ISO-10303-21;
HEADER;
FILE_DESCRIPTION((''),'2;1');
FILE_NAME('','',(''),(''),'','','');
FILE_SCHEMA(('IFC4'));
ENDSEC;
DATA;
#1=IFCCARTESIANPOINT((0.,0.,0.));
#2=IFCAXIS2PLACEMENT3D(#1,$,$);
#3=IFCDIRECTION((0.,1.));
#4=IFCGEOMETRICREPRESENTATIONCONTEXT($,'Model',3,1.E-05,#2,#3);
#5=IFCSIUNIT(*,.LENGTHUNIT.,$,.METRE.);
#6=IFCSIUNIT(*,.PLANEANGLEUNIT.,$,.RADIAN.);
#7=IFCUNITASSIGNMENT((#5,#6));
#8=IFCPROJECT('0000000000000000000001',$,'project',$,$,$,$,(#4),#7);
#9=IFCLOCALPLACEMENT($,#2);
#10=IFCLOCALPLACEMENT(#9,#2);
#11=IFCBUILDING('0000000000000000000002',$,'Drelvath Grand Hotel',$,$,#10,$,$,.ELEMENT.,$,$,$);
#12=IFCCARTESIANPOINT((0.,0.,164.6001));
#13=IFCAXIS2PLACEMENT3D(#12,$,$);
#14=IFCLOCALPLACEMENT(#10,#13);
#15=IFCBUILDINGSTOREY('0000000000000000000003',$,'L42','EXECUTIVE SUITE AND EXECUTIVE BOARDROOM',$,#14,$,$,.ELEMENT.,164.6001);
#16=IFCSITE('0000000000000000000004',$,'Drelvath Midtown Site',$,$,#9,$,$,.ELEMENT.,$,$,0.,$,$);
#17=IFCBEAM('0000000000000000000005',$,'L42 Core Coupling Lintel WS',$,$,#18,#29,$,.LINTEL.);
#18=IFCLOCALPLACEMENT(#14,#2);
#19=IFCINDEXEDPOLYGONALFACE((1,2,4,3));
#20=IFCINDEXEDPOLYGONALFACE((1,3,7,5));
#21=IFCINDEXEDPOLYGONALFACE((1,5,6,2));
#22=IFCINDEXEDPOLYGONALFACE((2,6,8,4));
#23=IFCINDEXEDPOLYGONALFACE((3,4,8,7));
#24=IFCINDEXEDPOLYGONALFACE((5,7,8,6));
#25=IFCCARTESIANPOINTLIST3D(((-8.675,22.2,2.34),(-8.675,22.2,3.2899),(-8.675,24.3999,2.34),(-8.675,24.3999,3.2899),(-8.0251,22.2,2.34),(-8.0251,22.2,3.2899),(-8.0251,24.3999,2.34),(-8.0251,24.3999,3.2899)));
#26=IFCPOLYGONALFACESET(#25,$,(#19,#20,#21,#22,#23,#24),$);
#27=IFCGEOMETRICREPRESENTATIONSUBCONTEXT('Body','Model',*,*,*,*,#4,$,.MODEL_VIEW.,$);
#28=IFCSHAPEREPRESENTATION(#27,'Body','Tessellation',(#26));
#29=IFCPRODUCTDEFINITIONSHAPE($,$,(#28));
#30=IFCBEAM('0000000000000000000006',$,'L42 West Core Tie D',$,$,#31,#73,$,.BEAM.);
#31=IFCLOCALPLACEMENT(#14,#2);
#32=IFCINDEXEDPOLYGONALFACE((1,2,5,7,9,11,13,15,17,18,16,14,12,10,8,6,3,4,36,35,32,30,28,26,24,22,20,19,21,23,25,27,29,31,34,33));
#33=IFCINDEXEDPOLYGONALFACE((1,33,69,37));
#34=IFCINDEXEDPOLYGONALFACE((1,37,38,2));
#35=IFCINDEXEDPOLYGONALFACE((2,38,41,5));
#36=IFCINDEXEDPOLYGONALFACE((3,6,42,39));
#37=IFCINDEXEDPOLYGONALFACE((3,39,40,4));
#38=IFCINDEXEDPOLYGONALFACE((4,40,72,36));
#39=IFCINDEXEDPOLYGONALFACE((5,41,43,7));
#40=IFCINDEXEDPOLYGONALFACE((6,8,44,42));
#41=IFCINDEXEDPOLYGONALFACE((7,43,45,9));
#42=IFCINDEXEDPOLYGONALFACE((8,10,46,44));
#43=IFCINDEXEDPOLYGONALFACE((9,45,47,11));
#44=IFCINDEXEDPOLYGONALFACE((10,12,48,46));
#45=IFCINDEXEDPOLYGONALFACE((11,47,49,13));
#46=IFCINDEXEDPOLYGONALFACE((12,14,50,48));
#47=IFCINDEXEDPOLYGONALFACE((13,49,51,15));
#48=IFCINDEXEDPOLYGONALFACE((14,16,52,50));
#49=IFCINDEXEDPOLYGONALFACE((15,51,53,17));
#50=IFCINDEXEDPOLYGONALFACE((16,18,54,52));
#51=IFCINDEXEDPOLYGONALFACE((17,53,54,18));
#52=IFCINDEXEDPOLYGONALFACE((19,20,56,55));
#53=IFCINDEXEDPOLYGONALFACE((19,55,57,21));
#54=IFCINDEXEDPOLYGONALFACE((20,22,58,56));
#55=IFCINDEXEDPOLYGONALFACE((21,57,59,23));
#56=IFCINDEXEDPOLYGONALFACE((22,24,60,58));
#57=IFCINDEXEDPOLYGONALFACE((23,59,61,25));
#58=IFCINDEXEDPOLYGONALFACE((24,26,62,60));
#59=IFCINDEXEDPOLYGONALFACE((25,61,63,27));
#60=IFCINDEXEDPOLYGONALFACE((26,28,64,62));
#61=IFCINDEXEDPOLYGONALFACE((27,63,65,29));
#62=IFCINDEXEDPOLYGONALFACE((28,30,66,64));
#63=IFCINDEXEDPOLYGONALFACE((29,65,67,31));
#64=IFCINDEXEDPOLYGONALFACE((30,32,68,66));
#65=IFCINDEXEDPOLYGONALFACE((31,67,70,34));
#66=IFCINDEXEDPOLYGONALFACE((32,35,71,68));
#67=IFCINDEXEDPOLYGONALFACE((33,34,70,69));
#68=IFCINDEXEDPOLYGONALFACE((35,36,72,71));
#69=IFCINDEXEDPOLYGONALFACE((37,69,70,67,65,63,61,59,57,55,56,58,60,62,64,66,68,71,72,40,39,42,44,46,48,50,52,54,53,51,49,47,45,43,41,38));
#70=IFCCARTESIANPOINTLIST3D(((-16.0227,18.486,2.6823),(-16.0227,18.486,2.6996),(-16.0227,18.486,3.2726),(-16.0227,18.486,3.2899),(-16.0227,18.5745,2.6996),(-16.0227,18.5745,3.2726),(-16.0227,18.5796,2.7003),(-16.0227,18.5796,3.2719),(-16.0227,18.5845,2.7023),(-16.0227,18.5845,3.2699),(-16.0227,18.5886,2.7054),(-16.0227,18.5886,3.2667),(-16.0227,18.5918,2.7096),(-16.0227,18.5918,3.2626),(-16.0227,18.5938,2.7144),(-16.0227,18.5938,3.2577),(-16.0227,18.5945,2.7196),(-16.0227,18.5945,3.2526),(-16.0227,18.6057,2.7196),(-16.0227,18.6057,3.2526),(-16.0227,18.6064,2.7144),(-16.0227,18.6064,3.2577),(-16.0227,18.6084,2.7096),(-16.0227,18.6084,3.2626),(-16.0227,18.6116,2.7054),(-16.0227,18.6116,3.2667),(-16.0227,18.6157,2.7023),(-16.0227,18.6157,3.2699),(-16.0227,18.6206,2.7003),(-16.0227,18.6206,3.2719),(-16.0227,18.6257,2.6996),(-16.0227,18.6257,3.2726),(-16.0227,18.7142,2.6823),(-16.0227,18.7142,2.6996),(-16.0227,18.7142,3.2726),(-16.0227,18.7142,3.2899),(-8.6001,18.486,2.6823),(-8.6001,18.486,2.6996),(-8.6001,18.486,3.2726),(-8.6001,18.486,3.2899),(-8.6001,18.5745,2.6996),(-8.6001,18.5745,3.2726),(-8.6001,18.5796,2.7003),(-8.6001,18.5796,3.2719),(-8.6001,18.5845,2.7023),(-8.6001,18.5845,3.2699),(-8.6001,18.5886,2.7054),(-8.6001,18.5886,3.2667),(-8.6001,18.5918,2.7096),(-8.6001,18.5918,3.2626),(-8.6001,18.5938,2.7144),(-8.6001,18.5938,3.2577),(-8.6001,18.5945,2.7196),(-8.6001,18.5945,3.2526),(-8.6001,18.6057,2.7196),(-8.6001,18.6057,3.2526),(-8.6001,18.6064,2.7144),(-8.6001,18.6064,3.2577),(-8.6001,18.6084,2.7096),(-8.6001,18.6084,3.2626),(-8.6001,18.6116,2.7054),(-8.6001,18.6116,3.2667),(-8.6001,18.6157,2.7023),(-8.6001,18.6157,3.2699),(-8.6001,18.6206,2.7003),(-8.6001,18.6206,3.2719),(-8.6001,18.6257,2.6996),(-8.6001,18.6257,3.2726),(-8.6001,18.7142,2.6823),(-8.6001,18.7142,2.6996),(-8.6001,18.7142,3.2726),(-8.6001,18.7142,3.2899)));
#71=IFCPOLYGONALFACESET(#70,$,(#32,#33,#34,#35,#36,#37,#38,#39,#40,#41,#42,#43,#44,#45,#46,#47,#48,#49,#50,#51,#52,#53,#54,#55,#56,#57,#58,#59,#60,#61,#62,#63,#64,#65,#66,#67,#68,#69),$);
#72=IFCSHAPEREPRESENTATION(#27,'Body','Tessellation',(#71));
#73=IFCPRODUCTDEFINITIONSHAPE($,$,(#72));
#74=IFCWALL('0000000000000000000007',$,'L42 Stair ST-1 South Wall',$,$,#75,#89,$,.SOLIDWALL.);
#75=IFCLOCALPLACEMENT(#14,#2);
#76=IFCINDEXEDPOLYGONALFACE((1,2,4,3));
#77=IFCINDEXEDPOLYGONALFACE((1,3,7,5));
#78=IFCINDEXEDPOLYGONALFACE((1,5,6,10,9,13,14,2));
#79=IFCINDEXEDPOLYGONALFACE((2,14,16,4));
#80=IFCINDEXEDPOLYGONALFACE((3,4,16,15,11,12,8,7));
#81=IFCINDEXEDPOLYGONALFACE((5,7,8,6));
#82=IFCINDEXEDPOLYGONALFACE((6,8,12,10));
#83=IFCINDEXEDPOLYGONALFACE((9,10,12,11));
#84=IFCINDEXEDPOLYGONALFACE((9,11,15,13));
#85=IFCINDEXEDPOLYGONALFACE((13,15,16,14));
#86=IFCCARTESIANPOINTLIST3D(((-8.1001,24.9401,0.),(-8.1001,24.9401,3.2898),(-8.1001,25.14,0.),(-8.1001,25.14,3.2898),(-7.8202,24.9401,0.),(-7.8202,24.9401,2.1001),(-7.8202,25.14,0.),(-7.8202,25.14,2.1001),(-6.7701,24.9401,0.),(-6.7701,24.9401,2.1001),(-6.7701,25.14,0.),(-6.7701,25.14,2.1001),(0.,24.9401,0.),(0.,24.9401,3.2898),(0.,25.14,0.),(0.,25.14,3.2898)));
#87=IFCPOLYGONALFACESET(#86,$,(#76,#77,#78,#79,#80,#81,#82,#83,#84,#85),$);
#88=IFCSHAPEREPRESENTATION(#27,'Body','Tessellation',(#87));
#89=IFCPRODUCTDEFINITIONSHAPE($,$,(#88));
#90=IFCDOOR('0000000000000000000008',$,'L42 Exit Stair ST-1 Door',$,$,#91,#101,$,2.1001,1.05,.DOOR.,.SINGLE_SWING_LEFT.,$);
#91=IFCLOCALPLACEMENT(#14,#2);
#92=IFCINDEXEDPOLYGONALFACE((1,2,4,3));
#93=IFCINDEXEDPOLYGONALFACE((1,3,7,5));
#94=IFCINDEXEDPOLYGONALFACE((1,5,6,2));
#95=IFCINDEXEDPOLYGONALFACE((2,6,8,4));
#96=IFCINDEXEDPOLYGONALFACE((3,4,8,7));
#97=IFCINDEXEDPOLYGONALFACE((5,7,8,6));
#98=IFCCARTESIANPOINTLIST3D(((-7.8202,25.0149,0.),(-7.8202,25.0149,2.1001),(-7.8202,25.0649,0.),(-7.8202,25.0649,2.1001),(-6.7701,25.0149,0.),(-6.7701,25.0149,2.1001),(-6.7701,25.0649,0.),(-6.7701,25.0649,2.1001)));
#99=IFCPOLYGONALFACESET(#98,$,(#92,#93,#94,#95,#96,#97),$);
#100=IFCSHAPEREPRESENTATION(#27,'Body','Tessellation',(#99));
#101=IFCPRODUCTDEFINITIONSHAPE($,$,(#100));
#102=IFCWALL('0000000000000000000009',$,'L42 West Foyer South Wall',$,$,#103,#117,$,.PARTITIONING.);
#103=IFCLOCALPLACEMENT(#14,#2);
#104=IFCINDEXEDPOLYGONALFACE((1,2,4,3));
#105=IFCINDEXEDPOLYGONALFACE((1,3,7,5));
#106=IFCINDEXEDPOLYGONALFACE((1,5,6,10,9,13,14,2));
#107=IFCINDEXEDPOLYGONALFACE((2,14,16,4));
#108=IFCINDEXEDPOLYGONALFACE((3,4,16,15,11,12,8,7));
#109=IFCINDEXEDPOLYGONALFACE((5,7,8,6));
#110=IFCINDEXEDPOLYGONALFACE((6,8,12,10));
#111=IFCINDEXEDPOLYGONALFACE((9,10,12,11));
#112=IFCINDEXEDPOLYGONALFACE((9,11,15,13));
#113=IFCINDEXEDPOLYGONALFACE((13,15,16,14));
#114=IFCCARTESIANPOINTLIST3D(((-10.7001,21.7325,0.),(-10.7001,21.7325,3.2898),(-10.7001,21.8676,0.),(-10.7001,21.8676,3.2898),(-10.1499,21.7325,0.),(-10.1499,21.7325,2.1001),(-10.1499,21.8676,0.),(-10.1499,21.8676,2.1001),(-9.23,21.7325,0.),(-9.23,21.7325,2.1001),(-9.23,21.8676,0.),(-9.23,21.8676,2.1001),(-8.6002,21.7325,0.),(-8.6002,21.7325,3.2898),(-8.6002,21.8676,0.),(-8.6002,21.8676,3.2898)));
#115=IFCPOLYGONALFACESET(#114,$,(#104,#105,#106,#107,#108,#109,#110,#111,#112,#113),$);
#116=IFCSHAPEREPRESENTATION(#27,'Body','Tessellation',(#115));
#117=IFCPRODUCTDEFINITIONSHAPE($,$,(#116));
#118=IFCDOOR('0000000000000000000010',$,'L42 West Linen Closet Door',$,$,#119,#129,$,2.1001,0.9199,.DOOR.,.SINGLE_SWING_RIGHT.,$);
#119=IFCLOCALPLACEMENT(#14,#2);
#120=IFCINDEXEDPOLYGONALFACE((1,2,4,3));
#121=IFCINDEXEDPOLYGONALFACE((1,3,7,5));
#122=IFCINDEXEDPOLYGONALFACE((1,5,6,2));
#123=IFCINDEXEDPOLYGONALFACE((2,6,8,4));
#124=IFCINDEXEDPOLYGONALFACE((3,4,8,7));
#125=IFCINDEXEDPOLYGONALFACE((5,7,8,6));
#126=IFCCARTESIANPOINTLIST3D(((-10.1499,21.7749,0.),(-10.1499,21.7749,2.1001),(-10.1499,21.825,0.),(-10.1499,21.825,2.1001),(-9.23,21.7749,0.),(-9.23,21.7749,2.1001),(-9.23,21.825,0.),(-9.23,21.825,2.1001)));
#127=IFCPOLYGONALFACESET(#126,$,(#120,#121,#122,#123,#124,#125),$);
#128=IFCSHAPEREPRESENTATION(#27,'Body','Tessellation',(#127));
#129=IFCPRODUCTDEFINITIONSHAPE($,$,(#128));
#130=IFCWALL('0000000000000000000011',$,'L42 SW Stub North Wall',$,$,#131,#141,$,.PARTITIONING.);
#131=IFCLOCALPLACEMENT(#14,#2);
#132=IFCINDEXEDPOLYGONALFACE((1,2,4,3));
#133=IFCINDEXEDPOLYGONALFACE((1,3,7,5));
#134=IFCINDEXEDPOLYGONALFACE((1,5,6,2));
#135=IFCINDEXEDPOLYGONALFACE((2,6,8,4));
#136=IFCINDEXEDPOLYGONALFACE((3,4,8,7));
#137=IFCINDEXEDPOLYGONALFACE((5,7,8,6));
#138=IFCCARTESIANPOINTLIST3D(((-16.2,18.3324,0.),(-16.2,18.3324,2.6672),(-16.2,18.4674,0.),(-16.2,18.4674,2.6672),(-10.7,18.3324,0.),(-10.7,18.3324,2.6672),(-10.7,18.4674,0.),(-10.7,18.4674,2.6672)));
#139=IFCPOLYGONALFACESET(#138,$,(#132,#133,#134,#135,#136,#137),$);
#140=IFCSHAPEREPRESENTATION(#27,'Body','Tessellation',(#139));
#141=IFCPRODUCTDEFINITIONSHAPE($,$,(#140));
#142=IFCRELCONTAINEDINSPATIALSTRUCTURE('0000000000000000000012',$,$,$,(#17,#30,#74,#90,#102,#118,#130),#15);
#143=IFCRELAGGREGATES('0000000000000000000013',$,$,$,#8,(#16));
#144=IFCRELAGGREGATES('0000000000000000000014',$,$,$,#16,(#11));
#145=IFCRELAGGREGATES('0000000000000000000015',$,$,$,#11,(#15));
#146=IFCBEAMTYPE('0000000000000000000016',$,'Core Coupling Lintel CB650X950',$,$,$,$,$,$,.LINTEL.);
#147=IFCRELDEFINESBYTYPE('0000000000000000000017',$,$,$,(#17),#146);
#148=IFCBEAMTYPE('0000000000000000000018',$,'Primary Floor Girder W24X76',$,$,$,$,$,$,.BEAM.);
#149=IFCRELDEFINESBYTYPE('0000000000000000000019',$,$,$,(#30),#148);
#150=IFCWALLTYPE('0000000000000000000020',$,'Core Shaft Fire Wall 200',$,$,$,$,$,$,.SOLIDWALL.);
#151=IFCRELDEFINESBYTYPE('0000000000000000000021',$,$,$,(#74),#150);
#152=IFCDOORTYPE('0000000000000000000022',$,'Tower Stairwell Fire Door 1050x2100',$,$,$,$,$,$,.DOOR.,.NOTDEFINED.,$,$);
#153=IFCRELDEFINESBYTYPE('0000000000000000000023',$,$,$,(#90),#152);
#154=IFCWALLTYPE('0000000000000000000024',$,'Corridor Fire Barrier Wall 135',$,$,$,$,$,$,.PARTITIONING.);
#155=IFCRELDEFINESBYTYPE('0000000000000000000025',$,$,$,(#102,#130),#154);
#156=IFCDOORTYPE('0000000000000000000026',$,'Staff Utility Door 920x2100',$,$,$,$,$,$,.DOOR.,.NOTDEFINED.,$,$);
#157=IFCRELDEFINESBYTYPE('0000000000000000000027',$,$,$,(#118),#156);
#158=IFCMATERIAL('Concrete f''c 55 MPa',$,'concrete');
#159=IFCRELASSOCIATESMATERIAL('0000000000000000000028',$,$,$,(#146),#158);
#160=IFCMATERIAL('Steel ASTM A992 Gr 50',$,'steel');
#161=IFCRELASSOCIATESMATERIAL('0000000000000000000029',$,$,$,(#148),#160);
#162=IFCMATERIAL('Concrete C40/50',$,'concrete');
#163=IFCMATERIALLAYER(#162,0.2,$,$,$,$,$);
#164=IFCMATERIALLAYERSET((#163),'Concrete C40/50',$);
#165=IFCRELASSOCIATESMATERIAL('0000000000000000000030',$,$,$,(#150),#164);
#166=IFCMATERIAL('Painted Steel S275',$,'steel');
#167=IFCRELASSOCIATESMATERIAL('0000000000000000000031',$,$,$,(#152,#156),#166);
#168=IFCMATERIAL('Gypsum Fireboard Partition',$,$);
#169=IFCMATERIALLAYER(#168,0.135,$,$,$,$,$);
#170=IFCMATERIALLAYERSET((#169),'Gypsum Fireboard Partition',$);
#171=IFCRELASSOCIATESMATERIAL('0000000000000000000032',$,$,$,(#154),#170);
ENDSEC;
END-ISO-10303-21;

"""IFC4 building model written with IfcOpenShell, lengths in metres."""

from ifc_helpers import new_model, si_unit, direction, frame, frame_2d, origin, origin_2d, place, context, subcontext, project, spatial, rectangle, i_section, extrude, material, layer, layer_set, material_profile, profile_set, type_object, element, fill, save


model = new_model("IFC4")

# Units and contexts
model_context = context("Model", 3, precision=1e-05, world=origin(), true_north=direction((0.0, 1.0)))
body_context = subcontext(model_context, "Body", "Model", "MODEL_VIEW")
ifc_project = project(units=[si_unit("LENGTHUNIT", "METRE"), si_unit("PLANEANGLEUNIT", "RADIAN")], contexts=[model_context])

# Site, building, storey
site_placement = place(None, origin())
site = spatial("IfcSite", under=ifc_project, at=site_placement, Name="Drelvath Midtown Site", CompositionType="ELEMENT", RefElevation=0.0)
building_placement = place(site_placement, origin())
building = spatial("IfcBuilding", under=site, at=building_placement, Name="Drelvath Grand Hotel", CompositionType="ELEMENT")
storey_placement = place(building_placement, frame((0.0, 0.0, 164.6001)))
storey = spatial("IfcBuildingStorey", under=building, at=storey_placement, Name="L42", Description="EXECUTIVE SUITE AND EXECUTIVE BOARDROOM", CompositionType="ELEMENT", Elevation=164.6001)

# Beams
ifc_material_1 = material(Name="Concrete f'c 55 MPa", Category="concrete")
ifc_material_profile_1 = material_profile(ifc_material_1, rectangle(XDim=0.6499, YDim=0.95, at=origin_2d()), Name="CB650X950")
ifc_profile_set_1 = profile_set([ifc_material_profile_1], Name="Concrete f'c 55 MPa")
beam_type_1 = type_object("IfcBeamType", Name="Core Coupling Lintel CB650X950", PredefinedType="LINTEL", material=ifc_profile_set_1)
beam_1_placement = place(storey_placement, frame((-8.3501, 22.2, 2.8149), z_axis=(0.0, 1.0, 0.0), x_axis=(-1.0, 0.0, 0.0)))
element("IfcBeam", 1, at=beam_1_placement, inside=storey, type_object=beam_type_1, Name="L42 Core Coupling Lintel WS", PredefinedType="LINTEL", context=body_context, shape_type="SweptSolid", body=[
    extrude(rectangle(XDim=0.6499, YDim=0.95, at=origin_2d()), origin(), (0.0, 0.0, 1.0), 2.2),
])
ifc_material_2 = material(Name="Steel ASTM A992 Gr 50", Category="steel")
ifc_material_profile_2 = material_profile(ifc_material_2, i_section(OverallWidth=0.2283, OverallDepth=0.6077, WebThickness=0.0112, FlangeThickness=0.0173, FilletRadius=0.02, at=origin_2d()), Name="W24X76")
ifc_profile_set_2 = profile_set([ifc_material_profile_2], Name="Steel ASTM A992 Gr 50")
beam_type_2 = type_object("IfcBeamType", Name="Primary Floor Girder W24X76", PredefinedType="BEAM", material=ifc_profile_set_2)
beam_2_placement = place(storey_placement, frame((-16.0227, 18.6001, 2.9861), z_axis=(1.0, 0.0, 0.0), x_axis=(0.0, 1.0, 0.0)))
element("IfcBeam", 2, at=beam_2_placement, inside=storey, type_object=beam_type_2, Name="L42 West Core Tie D", PredefinedType="BEAM", context=body_context, shape_type="SweptSolid", body=[
    extrude(i_section(OverallWidth=0.2283, OverallDepth=0.6077, WebThickness=0.0112, FlangeThickness=0.0173, FilletRadius=0.02, at=origin_2d()), origin(), (0.0, 0.0, 1.0), 7.4226),
])

# Walls, openings, doors
ifc_material_3 = material(Name="Concrete C40/50", Category="concrete")
ifc_layer_1 = layer(ifc_material_3, 0.2)
ifc_layer_set_1 = layer_set([ifc_layer_1], Name="Concrete C40/50")
wall_type_1 = type_object("IfcWallType", Name="Core Shaft Fire Wall 200", PredefinedType="SOLIDWALL", material=ifc_layer_set_1)
wall_1_placement = place(storey_placement, frame((-8.1001, 25.04, 0.0), z_axis=(0.0, 0.0, 1.0), x_axis=(1.0, 0.0, 0.0)))
wall_1 = element("IfcWall", 3, at=wall_1_placement, inside=storey, type_object=wall_type_1, Name="L42 Stair ST-1 South Wall", PredefinedType="SOLIDWALL", context=body_context, shape_type="SweptSolid", body=[
    extrude(rectangle(XDim=8.1001, YDim=0.2, at=frame_2d((4.05, 0.0))), origin(), (0.0, 0.0, 1.0), 3.2898),
])
opening_1_placement = place(wall_1_placement, frame((0.28, 0.0, 0.0)))
opening_1 = element("IfcOpeningElement", 4, at=opening_1_placement, cuts=wall_1, PredefinedType="OPENING", context=body_context, shape_type="SweptSolid", body=[
    extrude(rectangle(XDim=1.05, YDim=2.1001, at=frame_2d((0.5249, 1.05))), frame((0.0, 0.1099, 0.0), z_axis=(0.0, -1.0, 0.0), x_axis=(1.0, 0.0, 0.0)), (0.0, 0.0, 1.0), 0.22),
])
ifc_material_4 = material(Name="Painted Steel S275", Category="steel")
door_type_1 = type_object("IfcDoorType", Name="Tower Stairwell Fire Door 1050x2100", OperationType="NOTDEFINED", PredefinedType="DOOR", material=ifc_material_4)
door_1_placement = place(opening_1_placement, origin())
door_1 = element("IfcDoor", 5, at=door_1_placement, inside=storey, type_object=door_type_1, Name="L42 Exit Stair ST-1 Door", OperationType="SINGLE_SWING_LEFT", OverallHeight=2.1001, OverallWidth=1.05, PredefinedType="DOOR", context=body_context, shape_type="SweptSolid", body=[
    extrude(rectangle(XDim=1.05, YDim=2.1001, at=frame_2d((0.5249, 1.05))), frame((0.0, 0.0249, 0.0), z_axis=(0.0, -1.0, 0.0), x_axis=(1.0, 0.0, 0.0)), (0.0, 0.0, 1.0), 0.05),
])
fill(opening_1, door_1)
ifc_material_5 = material(Name="Gypsum Fireboard Partition")
ifc_layer_2 = layer(ifc_material_5, 0.135)
ifc_layer_set_2 = layer_set([ifc_layer_2], Name="Gypsum Fireboard Partition")
wall_type_2 = type_object("IfcWallType", Name="Corridor Fire Barrier Wall 135", PredefinedType="PARTITIONING", material=ifc_layer_set_2)
wall_2_placement = place(storey_placement, frame((-10.7, 21.8, 0.0), z_axis=(0.0, 0.0, 1.0), x_axis=(1.0, 0.0, 0.0)))
wall_2 = element("IfcWall", 6, at=wall_2_placement, inside=storey, type_object=wall_type_2, Name="L42 West Foyer South Wall", PredefinedType="PARTITIONING", context=body_context, shape_type="SweptSolid", body=[
    extrude(rectangle(XDim=2.0999, YDim=0.135, at=frame_2d((1.0498, 0.0))), origin(), (0.0, 0.0, 1.0), 3.2898),
])
opening_2_placement = place(wall_2_placement, frame((0.55, 0.0, 0.0)))
opening_2 = element("IfcOpeningElement", 7, at=opening_2_placement, cuts=wall_2, PredefinedType="OPENING", context=body_context, shape_type="SweptSolid", body=[
    extrude(rectangle(XDim=0.9199, YDim=2.1001, at=frame_2d((0.46, 1.05))), frame((0.0, 0.0774, 0.0), z_axis=(0.0, -1.0, 0.0), x_axis=(1.0, 0.0, 0.0)), (0.0, 0.0, 1.0), 0.155),
])
door_type_2 = type_object("IfcDoorType", Name="Staff Utility Door 920x2100", OperationType="NOTDEFINED", PredefinedType="DOOR", material=ifc_material_4)
door_2_placement = place(opening_2_placement, origin())
door_2 = element("IfcDoor", 8, at=door_2_placement, inside=storey, type_object=door_type_2, Name="L42 West Linen Closet Door", OperationType="SINGLE_SWING_RIGHT", OverallHeight=2.1001, OverallWidth=0.9199, PredefinedType="DOOR", context=body_context, shape_type="SweptSolid", body=[
    extrude(rectangle(XDim=0.9199, YDim=2.1001, at=frame_2d((0.46, 1.05))), frame((0.0, 0.0249, 0.0), z_axis=(0.0, -1.0, 0.0), x_axis=(1.0, 0.0, 0.0)), (0.0, 0.0, 1.0), 0.05),
])
fill(opening_2, door_2)

# Wall
wall_3_placement = place(storey_placement, frame((-16.2, 18.3999, 0.0), z_axis=(0.0, 0.0, 1.0), x_axis=(1.0, 0.0, 0.0)))
element("IfcWall", 9, at=wall_3_placement, inside=storey, type_object=wall_type_2, Name="L42 SW Stub North Wall", PredefinedType="PARTITIONING", context=body_context, shape_type="SweptSolid", body=[
    extrude(rectangle(XDim=5.5, YDim=0.135, at=frame_2d((2.75, 0.0))), origin(), (0.0, 0.0, 1.0), 2.6672),
])

save(model, "model.ifc")
